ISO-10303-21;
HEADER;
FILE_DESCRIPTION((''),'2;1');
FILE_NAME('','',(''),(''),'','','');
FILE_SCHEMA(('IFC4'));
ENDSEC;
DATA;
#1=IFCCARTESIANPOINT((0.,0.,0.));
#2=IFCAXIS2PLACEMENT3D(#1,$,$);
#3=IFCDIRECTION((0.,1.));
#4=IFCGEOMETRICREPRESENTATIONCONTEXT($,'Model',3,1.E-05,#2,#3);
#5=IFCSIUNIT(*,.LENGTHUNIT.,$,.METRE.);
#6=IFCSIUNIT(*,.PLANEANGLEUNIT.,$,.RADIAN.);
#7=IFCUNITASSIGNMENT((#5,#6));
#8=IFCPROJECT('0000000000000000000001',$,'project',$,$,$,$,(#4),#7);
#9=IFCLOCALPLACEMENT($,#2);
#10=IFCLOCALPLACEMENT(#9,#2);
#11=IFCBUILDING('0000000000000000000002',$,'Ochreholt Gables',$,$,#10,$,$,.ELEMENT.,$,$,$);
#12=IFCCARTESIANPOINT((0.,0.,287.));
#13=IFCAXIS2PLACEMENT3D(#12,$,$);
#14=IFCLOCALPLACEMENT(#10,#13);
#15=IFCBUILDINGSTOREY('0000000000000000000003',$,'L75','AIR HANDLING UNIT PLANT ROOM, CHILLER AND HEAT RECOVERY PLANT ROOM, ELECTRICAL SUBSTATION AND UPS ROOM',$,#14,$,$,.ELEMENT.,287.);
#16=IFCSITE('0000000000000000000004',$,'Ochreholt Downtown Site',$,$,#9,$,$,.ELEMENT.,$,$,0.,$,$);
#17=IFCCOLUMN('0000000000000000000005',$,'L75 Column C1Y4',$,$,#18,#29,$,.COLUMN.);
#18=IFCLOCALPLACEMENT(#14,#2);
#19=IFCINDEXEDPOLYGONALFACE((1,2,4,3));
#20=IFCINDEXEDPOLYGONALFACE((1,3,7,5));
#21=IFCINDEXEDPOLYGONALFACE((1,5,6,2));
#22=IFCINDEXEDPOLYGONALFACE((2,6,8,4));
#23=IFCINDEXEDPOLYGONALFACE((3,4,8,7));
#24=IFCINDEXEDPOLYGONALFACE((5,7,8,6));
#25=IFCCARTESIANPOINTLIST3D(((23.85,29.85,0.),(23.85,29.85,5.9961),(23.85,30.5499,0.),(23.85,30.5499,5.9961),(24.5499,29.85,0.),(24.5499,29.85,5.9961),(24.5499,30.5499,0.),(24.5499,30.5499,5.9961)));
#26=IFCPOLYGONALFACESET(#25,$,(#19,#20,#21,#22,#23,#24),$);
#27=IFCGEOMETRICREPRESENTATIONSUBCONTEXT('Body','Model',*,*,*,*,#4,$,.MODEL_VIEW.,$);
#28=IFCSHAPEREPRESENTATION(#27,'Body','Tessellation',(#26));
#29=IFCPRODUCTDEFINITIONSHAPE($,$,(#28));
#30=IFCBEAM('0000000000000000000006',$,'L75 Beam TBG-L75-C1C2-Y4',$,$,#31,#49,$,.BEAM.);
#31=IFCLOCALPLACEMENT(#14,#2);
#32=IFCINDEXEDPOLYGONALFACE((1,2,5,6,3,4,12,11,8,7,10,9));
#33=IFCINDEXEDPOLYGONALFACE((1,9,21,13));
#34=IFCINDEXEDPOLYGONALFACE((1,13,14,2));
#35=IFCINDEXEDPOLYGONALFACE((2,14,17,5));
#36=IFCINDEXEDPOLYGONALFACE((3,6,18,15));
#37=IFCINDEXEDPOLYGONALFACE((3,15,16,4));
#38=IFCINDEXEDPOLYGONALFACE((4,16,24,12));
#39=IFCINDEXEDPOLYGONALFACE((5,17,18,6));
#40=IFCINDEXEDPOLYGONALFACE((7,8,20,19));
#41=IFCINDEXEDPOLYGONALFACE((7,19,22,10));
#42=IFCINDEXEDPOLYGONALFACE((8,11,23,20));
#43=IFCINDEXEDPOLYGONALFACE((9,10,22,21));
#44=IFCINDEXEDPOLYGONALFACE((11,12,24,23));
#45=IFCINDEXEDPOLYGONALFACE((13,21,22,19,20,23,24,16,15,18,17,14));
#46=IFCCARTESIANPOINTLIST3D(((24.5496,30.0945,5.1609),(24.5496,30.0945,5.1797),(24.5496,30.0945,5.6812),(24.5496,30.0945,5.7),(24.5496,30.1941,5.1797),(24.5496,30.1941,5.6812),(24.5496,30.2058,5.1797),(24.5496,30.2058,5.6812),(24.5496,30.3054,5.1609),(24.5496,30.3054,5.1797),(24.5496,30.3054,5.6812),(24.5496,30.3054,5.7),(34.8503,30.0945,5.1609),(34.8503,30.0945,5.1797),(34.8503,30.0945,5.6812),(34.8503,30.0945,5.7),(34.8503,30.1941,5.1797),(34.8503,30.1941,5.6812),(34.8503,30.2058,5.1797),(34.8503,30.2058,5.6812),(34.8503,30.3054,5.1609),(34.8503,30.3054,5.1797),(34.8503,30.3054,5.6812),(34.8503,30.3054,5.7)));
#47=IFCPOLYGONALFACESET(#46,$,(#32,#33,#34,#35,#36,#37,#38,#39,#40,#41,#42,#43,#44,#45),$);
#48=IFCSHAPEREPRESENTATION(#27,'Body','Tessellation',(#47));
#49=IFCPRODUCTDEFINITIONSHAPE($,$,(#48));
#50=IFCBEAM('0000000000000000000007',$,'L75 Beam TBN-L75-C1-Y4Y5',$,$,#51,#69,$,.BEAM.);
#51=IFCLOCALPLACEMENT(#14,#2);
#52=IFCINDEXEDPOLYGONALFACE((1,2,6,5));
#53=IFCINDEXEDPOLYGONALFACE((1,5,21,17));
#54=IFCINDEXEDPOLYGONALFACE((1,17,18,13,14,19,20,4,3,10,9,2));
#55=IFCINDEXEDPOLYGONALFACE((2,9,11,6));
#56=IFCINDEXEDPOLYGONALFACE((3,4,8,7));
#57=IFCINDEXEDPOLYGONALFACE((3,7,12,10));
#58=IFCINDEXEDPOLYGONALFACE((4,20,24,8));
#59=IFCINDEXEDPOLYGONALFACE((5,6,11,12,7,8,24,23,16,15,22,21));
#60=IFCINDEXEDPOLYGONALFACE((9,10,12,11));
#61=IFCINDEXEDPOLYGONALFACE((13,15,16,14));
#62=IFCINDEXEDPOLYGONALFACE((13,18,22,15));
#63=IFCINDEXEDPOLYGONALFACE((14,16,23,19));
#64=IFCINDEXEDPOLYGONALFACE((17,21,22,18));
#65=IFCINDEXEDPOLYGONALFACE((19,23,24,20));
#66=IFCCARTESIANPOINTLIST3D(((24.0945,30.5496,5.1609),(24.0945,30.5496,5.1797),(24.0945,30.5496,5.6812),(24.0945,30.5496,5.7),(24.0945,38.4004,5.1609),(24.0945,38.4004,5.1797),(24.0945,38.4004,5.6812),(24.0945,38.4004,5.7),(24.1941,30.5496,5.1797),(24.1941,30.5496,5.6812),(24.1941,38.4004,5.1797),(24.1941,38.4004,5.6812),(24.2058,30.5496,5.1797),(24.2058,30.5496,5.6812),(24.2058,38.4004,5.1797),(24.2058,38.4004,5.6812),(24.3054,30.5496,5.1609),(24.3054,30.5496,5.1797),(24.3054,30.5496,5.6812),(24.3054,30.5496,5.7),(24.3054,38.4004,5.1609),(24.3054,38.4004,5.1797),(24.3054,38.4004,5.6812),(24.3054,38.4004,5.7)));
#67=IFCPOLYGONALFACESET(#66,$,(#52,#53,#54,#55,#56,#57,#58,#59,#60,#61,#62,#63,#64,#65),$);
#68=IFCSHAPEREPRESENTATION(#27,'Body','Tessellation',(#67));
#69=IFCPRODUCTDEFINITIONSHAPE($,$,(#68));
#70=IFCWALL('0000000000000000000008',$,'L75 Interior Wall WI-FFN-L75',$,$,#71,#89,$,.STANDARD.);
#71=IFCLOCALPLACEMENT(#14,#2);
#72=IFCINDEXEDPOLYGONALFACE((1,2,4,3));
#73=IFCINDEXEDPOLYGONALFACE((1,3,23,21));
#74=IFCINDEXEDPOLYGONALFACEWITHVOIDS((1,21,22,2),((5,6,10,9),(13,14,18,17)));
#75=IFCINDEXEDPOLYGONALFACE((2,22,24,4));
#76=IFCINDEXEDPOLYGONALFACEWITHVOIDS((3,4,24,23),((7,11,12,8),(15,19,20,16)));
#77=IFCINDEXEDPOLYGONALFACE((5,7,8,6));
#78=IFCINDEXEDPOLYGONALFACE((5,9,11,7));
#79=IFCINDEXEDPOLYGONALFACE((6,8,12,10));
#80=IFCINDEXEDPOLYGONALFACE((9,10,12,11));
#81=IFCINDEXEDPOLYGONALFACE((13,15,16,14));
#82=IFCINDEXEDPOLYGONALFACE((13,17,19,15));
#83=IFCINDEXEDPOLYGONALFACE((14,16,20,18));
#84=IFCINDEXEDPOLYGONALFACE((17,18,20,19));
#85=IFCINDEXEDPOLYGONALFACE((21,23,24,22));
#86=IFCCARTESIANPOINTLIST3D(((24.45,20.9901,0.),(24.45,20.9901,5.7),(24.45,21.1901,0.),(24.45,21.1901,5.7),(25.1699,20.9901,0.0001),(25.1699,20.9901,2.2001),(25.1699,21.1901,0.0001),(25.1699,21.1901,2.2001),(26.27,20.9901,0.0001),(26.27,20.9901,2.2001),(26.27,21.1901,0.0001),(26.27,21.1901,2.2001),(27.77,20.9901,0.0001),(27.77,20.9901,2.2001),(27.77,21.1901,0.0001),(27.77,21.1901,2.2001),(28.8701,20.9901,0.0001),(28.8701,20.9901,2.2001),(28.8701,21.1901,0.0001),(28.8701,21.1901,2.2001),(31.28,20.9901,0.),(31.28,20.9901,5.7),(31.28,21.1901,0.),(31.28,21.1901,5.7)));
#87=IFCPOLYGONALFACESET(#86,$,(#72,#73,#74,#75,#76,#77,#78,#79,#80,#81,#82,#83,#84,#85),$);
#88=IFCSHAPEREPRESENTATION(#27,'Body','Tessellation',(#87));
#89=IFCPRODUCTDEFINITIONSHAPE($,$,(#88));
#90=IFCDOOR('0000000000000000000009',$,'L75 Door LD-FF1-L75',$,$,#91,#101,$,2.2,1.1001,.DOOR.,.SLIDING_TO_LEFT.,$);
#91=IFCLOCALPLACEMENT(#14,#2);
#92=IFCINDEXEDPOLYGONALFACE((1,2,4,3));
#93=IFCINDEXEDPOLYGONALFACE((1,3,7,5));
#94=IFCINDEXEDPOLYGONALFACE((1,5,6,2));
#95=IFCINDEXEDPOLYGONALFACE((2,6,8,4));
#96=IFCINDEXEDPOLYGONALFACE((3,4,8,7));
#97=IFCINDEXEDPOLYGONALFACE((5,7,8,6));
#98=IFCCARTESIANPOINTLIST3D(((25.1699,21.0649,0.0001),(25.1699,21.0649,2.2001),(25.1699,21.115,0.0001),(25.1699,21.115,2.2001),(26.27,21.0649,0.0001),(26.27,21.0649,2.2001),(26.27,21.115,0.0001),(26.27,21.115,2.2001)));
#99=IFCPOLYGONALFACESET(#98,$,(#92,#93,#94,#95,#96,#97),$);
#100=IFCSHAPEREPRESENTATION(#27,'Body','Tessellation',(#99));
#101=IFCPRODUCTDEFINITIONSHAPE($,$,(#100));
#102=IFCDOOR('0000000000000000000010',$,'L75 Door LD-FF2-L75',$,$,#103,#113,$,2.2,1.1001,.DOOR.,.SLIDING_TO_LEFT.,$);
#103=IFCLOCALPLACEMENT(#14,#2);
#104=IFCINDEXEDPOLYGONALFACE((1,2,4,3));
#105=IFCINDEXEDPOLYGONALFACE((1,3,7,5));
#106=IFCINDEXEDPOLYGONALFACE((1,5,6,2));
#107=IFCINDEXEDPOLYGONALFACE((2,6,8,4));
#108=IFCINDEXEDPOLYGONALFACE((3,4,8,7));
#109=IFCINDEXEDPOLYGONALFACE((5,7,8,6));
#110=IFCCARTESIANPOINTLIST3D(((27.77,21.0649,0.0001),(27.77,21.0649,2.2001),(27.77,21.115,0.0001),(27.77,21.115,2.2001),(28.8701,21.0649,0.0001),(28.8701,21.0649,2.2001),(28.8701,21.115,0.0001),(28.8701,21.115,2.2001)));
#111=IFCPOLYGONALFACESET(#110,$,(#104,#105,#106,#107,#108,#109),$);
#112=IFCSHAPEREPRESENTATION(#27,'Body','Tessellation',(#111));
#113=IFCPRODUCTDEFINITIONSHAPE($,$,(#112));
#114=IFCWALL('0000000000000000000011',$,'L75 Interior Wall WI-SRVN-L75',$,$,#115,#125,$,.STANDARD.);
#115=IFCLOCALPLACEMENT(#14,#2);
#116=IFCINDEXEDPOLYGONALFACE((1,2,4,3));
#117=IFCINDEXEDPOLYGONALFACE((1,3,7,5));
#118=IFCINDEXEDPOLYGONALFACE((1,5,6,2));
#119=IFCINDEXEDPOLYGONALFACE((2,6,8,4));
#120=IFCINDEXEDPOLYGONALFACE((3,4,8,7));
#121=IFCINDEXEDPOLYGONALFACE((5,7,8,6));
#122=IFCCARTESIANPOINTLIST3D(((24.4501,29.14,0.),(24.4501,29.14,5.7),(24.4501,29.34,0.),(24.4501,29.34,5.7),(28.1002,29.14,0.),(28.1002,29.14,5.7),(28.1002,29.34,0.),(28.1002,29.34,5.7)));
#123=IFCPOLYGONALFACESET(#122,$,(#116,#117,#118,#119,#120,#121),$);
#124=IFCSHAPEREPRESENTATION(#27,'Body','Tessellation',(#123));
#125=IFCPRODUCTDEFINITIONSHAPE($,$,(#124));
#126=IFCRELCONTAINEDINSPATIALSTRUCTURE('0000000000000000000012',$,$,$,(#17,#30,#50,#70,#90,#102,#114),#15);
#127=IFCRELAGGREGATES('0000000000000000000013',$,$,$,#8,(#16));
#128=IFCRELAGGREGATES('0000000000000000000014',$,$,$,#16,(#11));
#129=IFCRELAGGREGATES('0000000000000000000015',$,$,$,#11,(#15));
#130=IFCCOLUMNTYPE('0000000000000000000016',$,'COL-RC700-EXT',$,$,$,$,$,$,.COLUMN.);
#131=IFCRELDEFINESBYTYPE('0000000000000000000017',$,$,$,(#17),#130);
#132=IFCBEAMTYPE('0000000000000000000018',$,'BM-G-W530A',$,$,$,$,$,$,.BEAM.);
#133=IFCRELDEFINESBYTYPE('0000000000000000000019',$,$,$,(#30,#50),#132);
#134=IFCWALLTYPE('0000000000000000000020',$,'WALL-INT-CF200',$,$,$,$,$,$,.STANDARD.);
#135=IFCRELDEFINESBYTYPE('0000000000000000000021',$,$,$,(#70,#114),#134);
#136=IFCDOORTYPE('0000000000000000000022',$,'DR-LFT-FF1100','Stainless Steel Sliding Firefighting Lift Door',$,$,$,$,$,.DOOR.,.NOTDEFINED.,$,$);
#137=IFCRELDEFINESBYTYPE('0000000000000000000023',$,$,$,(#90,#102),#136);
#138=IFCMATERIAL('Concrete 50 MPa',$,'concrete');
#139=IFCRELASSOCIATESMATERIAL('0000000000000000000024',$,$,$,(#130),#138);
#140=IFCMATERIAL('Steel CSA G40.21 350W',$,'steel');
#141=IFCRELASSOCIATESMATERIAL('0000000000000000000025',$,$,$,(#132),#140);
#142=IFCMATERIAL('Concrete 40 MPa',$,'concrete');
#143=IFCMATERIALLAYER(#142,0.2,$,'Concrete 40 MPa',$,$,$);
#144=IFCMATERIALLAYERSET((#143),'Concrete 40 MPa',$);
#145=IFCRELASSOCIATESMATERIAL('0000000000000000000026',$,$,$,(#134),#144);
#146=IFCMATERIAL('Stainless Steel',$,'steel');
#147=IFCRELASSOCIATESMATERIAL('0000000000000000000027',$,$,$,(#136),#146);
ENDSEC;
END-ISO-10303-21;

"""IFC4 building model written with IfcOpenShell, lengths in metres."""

from ifc_helpers import new_model, si_unit, direction, frame, frame_2d, origin, origin_2d, place, context, subcontext, project, spatial, rectangle, i_section, extrude, material, layer, layer_set, material_profile, profile_set, type_object, element, fill, save


model = new_model("IFC4")

# Units and contexts
model_context = context("Model", 3, precision=1e-05, world=origin(), true_north=direction((0.0, 1.0)))
body_context = subcontext(model_context, "Body", "Model", "MODEL_VIEW")
ifc_project = project(units=[si_unit("LENGTHUNIT", "METRE"), si_unit("PLANEANGLEUNIT", "RADIAN")], contexts=[model_context])

# Site, building, storey
site_placement = place(None, origin())
site = spatial("IfcSite", under=ifc_project, at=site_placement, Name="Ochreholt Downtown Site", CompositionType="ELEMENT", RefElevation=0.0)
building_placement = place(site_placement, origin())
building = spatial("IfcBuilding", under=site, at=building_placement, Name="Ochreholt Gables", CompositionType="ELEMENT")
storey_placement = place(building_placement, frame((0.0, 0.0, 287.0)))
storey = spatial("IfcBuildingStorey", under=building, at=storey_placement, Name="L75", Description="AIR HANDLING UNIT PLANT ROOM, CHILLER AND HEAT RECOVERY PLANT ROOM, ELECTRICAL SUBSTATION AND UPS ROOM", CompositionType="ELEMENT", Elevation=287.0)

# Column
ifc_material_1 = material(Name="Concrete 50 MPa", Category="concrete")
ifc_material_profile_1 = material_profile(ifc_material_1, rectangle(XDim=0.7, YDim=0.7, at=origin_2d()), Name="RC700X700")
ifc_profile_set_1 = profile_set([ifc_material_profile_1], Name="Concrete 50 MPa")
column_type = type_object("IfcColumnType", Name="COL-RC700-EXT", PredefinedType="COLUMN", material=ifc_profile_set_1)
column_placement = place(storey_placement, frame((24.2, 30.2, 0.0), z_axis=(0.0, 0.0, 1.0), x_axis=(1.0, 0.0, 0.0)))
element("IfcColumn", 1, at=column_placement, inside=storey, type_object=column_type, Name="L75 Column C1Y4", PredefinedType="COLUMN", context=body_context, shape_type="SweptSolid", body=[
    extrude(rectangle(XDim=0.7, YDim=0.7, at=origin_2d()), origin(), (0.0, 0.0, 1.0), 5.9961),
])

# Beams
ifc_material_2 = material(Name="Steel CSA G40.21 350W", Category="steel")
ifc_material_profile_2 = material_profile(ifc_material_2, i_section(OverallWidth=0.2109, OverallDepth=0.5391, WebThickness=0.0117, FlangeThickness=0.0188, at=origin_2d()), Name="W530X109")
ifc_profile_set_2 = profile_set([ifc_material_profile_2], Name="Steel CSA G40.21 350W")
beam_type = type_object("IfcBeamType", Name="BM-G-W530A", PredefinedType="BEAM", material=ifc_profile_set_2)
beam_1_placement = place(storey_placement, frame((24.5496, 30.2, 5.4304), z_axis=(1.0, 0.0, 0.0), x_axis=(0.0, 1.0, 0.0)))
element("IfcBeam", 2, at=beam_1_placement, inside=storey, type_object=beam_type, Name="L75 Beam TBG-L75-C1C2-Y4", PredefinedType="BEAM", context=body_context, shape_type="SweptSolid", body=[
    extrude(i_section(OverallWidth=0.2109, OverallDepth=0.5391, WebThickness=0.0117, FlangeThickness=0.0188, at=origin_2d()), origin(), (0.0, 0.0, 1.0), 10.3008),
])
beam_2_placement = place(storey_placement, frame((24.2, 30.5496, 5.4304), z_axis=(0.0, 1.0, 0.0), x_axis=(-1.0, 0.0, 0.0)))
element("IfcBeam", 3, at=beam_2_placement, inside=storey, type_object=beam_type, Name="L75 Beam TBN-L75-C1-Y4Y5", PredefinedType="BEAM", context=body_context, shape_type="SweptSolid", body=[
    extrude(i_section(OverallWidth=0.2109, OverallDepth=0.5391, WebThickness=0.0117, FlangeThickness=0.0188, at=origin_2d()), origin(), (0.0, 0.0, 1.0), 7.8508),
])

# Wall, openings, doors
ifc_material_3 = material(Name="Concrete 40 MPa", Category="concrete")
ifc_layer_1 = layer(ifc_material_3, 0.2, Name="Concrete 40 MPa")
ifc_layer_set_1 = layer_set([ifc_layer_1], Name="Concrete 40 MPa")
wall_type_1 = type_object("IfcWallType", Name="WALL-INT-CF200", PredefinedType="STANDARD", material=ifc_layer_set_1)
wall_1_placement = place(storey_placement, frame((24.45, 21.0901, 0.0), z_axis=(0.0, 0.0, 1.0), x_axis=(1.0, 0.0, 0.0)))
wall_1 = element("IfcWall", 4, at=wall_1_placement, inside=storey, type_object=wall_type_1, Name="L75 Interior Wall WI-FFN-L75", PredefinedType="STANDARD", context=body_context, shape_type="SweptSolid", body=[
    extrude(rectangle(XDim=6.8301, YDim=0.2, at=frame_2d((3.415, 0.0))), origin(), (0.0, 0.0, 1.0), 5.7),
])
opening_1_placement = place(wall_1_placement, frame((0.72, 0.0, 0.0)))
opening_1 = element("IfcOpeningElement", 5, at=opening_1_placement, cuts=wall_1, PredefinedType="OPENING", context=body_context, shape_type="SweptSolid", body=[
    extrude(rectangle(XDim=1.1001, YDim=2.2, at=frame_2d((0.55, 1.1001))), frame((0.0, 0.1099, 0.0), z_axis=(0.0, -1.0, 0.0), x_axis=(1.0, 0.0, 0.0)), (0.0, 0.0, 1.0), 0.22),
])
opening_2_placement = place(wall_1_placement, frame((3.3201, 0.0, 0.0)))
opening_2 = element("IfcOpeningElement", 6, at=opening_2_placement, cuts=wall_1, PredefinedType="OPENING", context=body_context, shape_type="SweptSolid", body=[
    extrude(rectangle(XDim=1.1001, YDim=2.2, at=frame_2d((0.55, 1.1001))), frame((0.0, 0.1099, 0.0), z_axis=(0.0, -1.0, 0.0), x_axis=(1.0, 0.0, 0.0)), (0.0, 0.0, 1.0), 0.22),
])
ifc_material_4 = material(Name="Stainless Steel", Category="steel")
door_type_1 = type_object("IfcDoorType", Name="DR-LFT-FF1100", Description="Stainless Steel Sliding Firefighting Lift Door", OperationType="NOTDEFINED", PredefinedType="DOOR", material=ifc_material_4)
door_1_placement = place(opening_1_placement, origin())
door_1 = element("IfcDoor", 7, at=door_1_placement, inside=storey, type_object=door_type_1, Name="L75 Door LD-FF1-L75", OperationType="SLIDING_TO_LEFT", OverallHeight=2.2, OverallWidth=1.1001, PredefinedType="DOOR", context=body_context, shape_type="SweptSolid", body=[
    extrude(rectangle(XDim=1.1001, YDim=2.2, at=frame_2d((0.55, 1.1001))), frame((0.0, 0.0249, 0.0), z_axis=(0.0, -1.0, 0.0), x_axis=(1.0, 0.0, 0.0)), (0.0, 0.0, 1.0), 0.05),
])
fill(opening_1, door_1)
door_2_placement = place(opening_2_placement, origin())
door_2 = element("IfcDoor", 8, at=door_2_placement, inside=storey, type_object=door_type_1, Name="L75 Door LD-FF2-L75", OperationType="SLIDING_TO_LEFT", OverallHeight=2.2, OverallWidth=1.1001, PredefinedType="DOOR", context=body_context, shape_type="SweptSolid", body=[
    extrude(rectangle(XDim=1.1001, YDim=2.2, at=frame_2d((0.55, 1.1001))), frame((0.0, 0.0249, 0.0), z_axis=(0.0, -1.0, 0.0), x_axis=(1.0, 0.0, 0.0)), (0.0, 0.0, 1.0), 0.05),
])
fill(opening_2, door_2)

# Wall
wall_2_placement = place(storey_placement, frame((24.45, 29.24, 0.0), z_axis=(0.0, 0.0, 1.0), x_axis=(1.0, 0.0, 0.0)))
element("IfcWall", 9, at=wall_2_placement, inside=storey, type_object=wall_type_1, Name="L75 Interior Wall WI-SRVN-L75", PredefinedType="STANDARD", context=body_context, shape_type="SweptSolid", body=[
    extrude(rectangle(XDim=3.6501, YDim=0.2, at=frame_2d((1.8252, 0.0))), origin(), (0.0, 0.0, 1.0), 5.7),
])

save(model, "model.ifc")
